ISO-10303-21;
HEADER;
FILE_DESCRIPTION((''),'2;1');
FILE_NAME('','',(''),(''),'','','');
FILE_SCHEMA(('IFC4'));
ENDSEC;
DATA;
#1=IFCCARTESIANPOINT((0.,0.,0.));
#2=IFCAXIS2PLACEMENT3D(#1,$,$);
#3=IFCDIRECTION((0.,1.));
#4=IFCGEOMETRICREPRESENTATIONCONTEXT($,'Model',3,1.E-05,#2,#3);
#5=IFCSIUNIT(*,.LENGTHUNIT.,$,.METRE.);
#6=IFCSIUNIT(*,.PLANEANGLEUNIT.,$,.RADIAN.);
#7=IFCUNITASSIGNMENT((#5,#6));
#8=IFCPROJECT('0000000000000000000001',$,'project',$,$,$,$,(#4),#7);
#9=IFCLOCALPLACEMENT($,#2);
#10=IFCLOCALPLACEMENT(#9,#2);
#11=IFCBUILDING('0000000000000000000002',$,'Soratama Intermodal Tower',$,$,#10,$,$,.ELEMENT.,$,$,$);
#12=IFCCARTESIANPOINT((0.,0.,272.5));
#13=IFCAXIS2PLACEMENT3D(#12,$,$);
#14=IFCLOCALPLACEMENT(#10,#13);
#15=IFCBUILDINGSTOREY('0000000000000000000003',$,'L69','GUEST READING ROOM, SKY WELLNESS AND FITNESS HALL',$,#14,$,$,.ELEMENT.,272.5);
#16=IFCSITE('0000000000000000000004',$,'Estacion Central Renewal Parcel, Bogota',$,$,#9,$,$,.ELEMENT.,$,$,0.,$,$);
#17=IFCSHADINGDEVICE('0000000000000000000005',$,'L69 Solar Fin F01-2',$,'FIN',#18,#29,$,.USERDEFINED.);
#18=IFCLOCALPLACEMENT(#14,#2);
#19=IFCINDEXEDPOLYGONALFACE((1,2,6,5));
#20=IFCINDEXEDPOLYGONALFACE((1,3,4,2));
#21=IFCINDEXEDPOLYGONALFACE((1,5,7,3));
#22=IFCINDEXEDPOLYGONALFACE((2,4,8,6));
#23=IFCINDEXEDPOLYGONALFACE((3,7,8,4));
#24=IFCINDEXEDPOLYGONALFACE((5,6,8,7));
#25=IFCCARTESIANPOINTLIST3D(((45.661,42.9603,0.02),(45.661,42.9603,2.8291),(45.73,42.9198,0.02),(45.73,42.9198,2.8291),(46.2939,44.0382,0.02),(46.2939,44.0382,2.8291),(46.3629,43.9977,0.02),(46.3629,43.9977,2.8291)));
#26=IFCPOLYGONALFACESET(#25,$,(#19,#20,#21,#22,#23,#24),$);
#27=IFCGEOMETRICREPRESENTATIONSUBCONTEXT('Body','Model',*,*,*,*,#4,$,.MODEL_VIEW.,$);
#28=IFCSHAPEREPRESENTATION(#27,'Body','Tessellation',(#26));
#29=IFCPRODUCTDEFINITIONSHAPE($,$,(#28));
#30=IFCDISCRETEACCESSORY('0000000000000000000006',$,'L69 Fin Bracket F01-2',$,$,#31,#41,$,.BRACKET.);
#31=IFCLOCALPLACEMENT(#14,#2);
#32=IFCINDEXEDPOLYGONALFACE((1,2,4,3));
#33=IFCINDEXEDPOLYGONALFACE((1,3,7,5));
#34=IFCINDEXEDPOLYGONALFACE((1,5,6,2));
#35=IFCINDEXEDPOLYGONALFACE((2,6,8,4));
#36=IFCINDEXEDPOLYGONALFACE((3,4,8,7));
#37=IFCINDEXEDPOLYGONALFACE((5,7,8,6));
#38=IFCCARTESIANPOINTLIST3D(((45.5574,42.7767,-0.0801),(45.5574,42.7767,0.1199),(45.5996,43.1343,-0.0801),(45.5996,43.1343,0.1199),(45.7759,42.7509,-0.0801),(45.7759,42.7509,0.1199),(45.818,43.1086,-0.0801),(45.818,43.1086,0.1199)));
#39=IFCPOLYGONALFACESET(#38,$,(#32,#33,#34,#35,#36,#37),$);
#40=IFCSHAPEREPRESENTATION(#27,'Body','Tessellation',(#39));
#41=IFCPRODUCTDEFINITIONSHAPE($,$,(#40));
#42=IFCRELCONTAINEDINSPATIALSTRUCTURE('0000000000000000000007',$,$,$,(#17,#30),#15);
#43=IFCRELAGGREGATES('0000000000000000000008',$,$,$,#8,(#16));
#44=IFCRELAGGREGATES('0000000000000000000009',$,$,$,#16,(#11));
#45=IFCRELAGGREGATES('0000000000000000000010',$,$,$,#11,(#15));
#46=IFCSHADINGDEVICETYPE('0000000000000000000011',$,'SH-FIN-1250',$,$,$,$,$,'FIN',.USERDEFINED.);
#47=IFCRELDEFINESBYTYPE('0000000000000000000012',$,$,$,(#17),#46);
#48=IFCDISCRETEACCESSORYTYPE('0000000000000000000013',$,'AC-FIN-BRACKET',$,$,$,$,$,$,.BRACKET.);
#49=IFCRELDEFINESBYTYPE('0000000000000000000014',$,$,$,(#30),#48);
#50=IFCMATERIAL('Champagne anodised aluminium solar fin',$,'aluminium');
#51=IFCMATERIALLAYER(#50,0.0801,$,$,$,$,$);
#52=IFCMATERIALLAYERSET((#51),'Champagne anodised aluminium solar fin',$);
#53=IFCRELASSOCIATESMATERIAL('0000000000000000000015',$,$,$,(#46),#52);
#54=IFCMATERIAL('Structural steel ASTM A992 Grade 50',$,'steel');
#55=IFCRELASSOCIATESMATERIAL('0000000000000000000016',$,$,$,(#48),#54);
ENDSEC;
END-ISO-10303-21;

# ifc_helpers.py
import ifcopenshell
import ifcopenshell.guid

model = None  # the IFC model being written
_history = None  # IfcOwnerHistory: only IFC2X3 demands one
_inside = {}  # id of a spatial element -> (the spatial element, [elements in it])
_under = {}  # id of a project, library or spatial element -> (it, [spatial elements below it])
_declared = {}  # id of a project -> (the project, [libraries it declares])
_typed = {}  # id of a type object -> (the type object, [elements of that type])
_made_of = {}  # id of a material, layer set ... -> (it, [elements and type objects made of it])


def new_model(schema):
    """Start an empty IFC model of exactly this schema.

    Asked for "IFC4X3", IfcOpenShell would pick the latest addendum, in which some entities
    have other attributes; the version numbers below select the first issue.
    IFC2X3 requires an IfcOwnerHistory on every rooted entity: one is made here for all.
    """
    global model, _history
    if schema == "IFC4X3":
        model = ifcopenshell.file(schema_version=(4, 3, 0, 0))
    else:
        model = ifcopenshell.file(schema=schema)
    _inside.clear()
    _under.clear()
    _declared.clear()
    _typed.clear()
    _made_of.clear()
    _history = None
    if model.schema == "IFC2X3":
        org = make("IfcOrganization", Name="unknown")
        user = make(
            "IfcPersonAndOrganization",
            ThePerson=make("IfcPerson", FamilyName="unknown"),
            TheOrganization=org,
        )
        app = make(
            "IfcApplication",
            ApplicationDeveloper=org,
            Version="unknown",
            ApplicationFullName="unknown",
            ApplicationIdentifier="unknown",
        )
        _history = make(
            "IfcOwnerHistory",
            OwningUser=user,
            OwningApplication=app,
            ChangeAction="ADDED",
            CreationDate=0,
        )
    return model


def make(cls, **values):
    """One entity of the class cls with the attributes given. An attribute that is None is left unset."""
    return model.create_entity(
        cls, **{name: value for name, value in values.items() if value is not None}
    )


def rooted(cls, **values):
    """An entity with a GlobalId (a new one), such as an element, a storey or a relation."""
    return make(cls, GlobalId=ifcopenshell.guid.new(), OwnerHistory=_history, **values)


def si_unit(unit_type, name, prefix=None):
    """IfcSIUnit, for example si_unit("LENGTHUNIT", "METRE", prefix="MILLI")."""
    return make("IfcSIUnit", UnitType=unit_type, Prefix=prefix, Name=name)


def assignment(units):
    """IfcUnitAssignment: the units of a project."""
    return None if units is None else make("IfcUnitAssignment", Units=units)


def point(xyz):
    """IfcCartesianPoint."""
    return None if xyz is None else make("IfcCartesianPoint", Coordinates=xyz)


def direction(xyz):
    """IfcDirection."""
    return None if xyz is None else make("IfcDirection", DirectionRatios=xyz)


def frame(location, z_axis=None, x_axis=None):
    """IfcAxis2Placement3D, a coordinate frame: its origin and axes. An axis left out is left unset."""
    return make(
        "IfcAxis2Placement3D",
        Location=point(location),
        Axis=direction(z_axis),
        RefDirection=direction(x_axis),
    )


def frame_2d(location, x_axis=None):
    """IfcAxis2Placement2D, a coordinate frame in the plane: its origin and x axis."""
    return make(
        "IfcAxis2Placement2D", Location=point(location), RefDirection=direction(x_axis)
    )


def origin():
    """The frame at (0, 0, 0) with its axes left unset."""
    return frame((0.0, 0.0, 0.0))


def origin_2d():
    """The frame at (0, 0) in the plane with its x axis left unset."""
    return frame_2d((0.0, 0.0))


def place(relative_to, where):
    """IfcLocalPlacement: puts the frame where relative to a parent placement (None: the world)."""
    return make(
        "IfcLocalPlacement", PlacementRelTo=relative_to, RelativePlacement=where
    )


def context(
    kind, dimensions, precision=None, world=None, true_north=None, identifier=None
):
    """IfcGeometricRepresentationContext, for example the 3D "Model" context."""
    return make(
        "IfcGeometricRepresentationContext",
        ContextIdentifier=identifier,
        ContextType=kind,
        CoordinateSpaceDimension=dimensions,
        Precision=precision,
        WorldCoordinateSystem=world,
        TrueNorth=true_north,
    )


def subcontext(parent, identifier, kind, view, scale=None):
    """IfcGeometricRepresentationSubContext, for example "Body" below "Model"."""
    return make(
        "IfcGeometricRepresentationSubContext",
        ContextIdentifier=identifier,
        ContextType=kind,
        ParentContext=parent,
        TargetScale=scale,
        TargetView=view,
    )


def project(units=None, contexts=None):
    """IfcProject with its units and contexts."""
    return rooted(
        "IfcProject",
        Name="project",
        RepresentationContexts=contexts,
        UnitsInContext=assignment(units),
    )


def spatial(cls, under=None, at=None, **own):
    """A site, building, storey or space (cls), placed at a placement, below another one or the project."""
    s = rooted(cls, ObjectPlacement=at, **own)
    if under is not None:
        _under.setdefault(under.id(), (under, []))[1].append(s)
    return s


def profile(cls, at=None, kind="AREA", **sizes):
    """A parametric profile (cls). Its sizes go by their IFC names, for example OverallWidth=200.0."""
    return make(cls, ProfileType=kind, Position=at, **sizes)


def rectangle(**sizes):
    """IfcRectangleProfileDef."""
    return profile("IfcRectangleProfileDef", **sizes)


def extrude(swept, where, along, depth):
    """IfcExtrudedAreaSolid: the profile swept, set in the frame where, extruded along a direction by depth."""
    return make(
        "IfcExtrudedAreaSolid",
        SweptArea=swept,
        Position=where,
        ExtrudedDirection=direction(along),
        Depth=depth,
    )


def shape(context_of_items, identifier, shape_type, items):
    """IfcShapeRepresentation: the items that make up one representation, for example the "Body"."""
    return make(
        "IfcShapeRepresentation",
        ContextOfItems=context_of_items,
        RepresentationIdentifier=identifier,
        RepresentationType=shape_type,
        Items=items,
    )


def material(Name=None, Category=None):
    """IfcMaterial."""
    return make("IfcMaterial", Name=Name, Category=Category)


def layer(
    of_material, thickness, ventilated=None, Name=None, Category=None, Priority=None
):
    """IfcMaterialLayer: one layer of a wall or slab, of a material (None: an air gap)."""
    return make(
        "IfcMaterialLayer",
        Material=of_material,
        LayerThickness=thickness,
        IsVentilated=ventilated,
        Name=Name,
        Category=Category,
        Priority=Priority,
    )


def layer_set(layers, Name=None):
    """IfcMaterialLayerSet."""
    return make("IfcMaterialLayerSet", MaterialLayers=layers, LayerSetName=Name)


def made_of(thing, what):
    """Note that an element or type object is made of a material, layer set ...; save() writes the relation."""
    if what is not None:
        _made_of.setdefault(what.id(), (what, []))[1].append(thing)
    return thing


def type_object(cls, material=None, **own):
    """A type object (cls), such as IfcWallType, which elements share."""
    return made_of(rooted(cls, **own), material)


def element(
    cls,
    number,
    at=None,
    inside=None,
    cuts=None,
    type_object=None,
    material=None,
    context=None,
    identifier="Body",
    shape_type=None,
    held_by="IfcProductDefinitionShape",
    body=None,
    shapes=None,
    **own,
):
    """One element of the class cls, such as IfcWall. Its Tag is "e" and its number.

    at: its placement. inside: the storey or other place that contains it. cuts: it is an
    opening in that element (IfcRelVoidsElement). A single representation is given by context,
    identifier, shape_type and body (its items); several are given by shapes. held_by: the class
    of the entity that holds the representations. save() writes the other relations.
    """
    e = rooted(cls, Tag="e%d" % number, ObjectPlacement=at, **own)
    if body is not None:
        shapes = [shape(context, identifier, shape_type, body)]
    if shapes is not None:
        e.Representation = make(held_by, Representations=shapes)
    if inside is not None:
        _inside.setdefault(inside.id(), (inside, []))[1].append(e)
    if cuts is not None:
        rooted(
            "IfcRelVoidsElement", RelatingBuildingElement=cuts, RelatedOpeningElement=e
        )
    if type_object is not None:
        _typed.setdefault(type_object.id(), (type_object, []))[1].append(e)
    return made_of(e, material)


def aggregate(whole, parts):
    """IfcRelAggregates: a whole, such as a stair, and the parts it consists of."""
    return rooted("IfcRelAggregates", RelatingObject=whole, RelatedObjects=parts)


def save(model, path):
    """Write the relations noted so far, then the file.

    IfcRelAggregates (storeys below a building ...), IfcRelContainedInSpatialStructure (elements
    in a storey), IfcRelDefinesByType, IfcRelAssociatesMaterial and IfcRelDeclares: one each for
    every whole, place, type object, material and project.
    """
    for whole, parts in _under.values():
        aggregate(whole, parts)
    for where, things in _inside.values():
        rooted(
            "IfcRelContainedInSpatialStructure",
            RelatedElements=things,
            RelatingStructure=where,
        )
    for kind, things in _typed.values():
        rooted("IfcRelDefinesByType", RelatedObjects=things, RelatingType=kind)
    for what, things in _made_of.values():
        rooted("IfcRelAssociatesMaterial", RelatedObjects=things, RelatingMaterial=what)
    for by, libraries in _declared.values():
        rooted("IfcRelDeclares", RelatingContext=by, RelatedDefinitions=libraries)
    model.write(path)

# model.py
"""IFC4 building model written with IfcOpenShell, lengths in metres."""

from ifc_helpers import new_model, si_unit, direction, frame, origin, origin_2d, place, context, subcontext, project, spatial, rectangle, extrude, material, layer, layer_set, type_object, element, save


model = new_model("IFC4")

# Units and contexts
model_context = context("Model", 3, precision=1e-05, world=origin(), true_north=direction((0.0, 1.0)))
body_context = subcontext(model_context, "Body", "Model", "MODEL_VIEW")
ifc_project = project(units=[si_unit("LENGTHUNIT", "METRE"), si_unit("PLANEANGLEUNIT", "RADIAN")], contexts=[model_context])

# Site, building, storey
site_placement = place(None, origin())
site = spatial("IfcSite", under=ifc_project, at=site_placement, Name="Estacion Central Renewal Parcel, Bogota", CompositionType="ELEMENT", RefElevation=0.0)
building_placement = place(site_placement, origin())
building = spatial("IfcBuilding", under=site, at=building_placement, Name="Soratama Intermodal Tower", CompositionType="ELEMENT")
storey_placement = place(building_placement, frame((0.0, 0.0, 272.5)))
storey = spatial("IfcBuildingStorey", under=building, at=storey_placement, Name="L69", Description="GUEST READING ROOM, SKY WELLNESS AND FITNESS HALL", CompositionType="ELEMENT", Elevation=272.5)

# Shading device
ifc_material_1 = material(Name="Champagne anodised aluminium solar fin", Category="aluminium")
ifc_layer_1 = layer(ifc_material_1, 0.0801)
ifc_layer_set_1 = layer_set([ifc_layer_1], Name="Champagne anodised aluminium solar fin")
shading_device_type = type_object("IfcShadingDeviceType", Name="SH-FIN-1250", ElementType="FIN", PredefinedType="USERDEFINED", material=ifc_layer_set_1)
shading_device_placement = place(storey_placement, frame((46.012, 43.479, 0.02), z_axis=(0.0, 0.0, 1.0), x_axis=(0.506335, 0.862337, 0.0)))
element("IfcShadingDevice", 1, at=shading_device_placement, inside=storey, type_object=shading_device_type, Name="L69 Solar Fin F01-2", ObjectType="FIN", PredefinedType="USERDEFINED", context=body_context, shape_type="SweptSolid", body=[
    extrude(rectangle(XDim=1.25, YDim=0.0801, at=origin_2d()), origin(), (0.0, 0.0, 1.0), 2.8091),
])

# Discrete accessory
ifc_material_2 = material(Name="Structural steel ASTM A992 Grade 50", Category="steel")
discrete_accessory_type = type_object("IfcDiscreteAccessoryType", Name="AC-FIN-BRACKET", PredefinedType="BRACKET", material=ifc_material_2)
discrete_accessory_placement = place(storey_placement, frame((45.6877, 42.9426, -0.0801), z_axis=(0.0, 0.0, 1.0), x_axis=(0.117017, 0.99313, 0.0)))
element("IfcDiscreteAccessory", 2, at=discrete_accessory_placement, inside=storey, type_object=discrete_accessory_type, Name="L69 Fin Bracket F01-2", PredefinedType="BRACKET", context=body_context, shape_type="SweptSolid", body=[
    extrude(rectangle(XDim=0.3601, YDim=0.22, at=origin_2d()), origin(), (0.0, 0.0, 1.0), 0.2),
])

save(model, "model.ifc")
